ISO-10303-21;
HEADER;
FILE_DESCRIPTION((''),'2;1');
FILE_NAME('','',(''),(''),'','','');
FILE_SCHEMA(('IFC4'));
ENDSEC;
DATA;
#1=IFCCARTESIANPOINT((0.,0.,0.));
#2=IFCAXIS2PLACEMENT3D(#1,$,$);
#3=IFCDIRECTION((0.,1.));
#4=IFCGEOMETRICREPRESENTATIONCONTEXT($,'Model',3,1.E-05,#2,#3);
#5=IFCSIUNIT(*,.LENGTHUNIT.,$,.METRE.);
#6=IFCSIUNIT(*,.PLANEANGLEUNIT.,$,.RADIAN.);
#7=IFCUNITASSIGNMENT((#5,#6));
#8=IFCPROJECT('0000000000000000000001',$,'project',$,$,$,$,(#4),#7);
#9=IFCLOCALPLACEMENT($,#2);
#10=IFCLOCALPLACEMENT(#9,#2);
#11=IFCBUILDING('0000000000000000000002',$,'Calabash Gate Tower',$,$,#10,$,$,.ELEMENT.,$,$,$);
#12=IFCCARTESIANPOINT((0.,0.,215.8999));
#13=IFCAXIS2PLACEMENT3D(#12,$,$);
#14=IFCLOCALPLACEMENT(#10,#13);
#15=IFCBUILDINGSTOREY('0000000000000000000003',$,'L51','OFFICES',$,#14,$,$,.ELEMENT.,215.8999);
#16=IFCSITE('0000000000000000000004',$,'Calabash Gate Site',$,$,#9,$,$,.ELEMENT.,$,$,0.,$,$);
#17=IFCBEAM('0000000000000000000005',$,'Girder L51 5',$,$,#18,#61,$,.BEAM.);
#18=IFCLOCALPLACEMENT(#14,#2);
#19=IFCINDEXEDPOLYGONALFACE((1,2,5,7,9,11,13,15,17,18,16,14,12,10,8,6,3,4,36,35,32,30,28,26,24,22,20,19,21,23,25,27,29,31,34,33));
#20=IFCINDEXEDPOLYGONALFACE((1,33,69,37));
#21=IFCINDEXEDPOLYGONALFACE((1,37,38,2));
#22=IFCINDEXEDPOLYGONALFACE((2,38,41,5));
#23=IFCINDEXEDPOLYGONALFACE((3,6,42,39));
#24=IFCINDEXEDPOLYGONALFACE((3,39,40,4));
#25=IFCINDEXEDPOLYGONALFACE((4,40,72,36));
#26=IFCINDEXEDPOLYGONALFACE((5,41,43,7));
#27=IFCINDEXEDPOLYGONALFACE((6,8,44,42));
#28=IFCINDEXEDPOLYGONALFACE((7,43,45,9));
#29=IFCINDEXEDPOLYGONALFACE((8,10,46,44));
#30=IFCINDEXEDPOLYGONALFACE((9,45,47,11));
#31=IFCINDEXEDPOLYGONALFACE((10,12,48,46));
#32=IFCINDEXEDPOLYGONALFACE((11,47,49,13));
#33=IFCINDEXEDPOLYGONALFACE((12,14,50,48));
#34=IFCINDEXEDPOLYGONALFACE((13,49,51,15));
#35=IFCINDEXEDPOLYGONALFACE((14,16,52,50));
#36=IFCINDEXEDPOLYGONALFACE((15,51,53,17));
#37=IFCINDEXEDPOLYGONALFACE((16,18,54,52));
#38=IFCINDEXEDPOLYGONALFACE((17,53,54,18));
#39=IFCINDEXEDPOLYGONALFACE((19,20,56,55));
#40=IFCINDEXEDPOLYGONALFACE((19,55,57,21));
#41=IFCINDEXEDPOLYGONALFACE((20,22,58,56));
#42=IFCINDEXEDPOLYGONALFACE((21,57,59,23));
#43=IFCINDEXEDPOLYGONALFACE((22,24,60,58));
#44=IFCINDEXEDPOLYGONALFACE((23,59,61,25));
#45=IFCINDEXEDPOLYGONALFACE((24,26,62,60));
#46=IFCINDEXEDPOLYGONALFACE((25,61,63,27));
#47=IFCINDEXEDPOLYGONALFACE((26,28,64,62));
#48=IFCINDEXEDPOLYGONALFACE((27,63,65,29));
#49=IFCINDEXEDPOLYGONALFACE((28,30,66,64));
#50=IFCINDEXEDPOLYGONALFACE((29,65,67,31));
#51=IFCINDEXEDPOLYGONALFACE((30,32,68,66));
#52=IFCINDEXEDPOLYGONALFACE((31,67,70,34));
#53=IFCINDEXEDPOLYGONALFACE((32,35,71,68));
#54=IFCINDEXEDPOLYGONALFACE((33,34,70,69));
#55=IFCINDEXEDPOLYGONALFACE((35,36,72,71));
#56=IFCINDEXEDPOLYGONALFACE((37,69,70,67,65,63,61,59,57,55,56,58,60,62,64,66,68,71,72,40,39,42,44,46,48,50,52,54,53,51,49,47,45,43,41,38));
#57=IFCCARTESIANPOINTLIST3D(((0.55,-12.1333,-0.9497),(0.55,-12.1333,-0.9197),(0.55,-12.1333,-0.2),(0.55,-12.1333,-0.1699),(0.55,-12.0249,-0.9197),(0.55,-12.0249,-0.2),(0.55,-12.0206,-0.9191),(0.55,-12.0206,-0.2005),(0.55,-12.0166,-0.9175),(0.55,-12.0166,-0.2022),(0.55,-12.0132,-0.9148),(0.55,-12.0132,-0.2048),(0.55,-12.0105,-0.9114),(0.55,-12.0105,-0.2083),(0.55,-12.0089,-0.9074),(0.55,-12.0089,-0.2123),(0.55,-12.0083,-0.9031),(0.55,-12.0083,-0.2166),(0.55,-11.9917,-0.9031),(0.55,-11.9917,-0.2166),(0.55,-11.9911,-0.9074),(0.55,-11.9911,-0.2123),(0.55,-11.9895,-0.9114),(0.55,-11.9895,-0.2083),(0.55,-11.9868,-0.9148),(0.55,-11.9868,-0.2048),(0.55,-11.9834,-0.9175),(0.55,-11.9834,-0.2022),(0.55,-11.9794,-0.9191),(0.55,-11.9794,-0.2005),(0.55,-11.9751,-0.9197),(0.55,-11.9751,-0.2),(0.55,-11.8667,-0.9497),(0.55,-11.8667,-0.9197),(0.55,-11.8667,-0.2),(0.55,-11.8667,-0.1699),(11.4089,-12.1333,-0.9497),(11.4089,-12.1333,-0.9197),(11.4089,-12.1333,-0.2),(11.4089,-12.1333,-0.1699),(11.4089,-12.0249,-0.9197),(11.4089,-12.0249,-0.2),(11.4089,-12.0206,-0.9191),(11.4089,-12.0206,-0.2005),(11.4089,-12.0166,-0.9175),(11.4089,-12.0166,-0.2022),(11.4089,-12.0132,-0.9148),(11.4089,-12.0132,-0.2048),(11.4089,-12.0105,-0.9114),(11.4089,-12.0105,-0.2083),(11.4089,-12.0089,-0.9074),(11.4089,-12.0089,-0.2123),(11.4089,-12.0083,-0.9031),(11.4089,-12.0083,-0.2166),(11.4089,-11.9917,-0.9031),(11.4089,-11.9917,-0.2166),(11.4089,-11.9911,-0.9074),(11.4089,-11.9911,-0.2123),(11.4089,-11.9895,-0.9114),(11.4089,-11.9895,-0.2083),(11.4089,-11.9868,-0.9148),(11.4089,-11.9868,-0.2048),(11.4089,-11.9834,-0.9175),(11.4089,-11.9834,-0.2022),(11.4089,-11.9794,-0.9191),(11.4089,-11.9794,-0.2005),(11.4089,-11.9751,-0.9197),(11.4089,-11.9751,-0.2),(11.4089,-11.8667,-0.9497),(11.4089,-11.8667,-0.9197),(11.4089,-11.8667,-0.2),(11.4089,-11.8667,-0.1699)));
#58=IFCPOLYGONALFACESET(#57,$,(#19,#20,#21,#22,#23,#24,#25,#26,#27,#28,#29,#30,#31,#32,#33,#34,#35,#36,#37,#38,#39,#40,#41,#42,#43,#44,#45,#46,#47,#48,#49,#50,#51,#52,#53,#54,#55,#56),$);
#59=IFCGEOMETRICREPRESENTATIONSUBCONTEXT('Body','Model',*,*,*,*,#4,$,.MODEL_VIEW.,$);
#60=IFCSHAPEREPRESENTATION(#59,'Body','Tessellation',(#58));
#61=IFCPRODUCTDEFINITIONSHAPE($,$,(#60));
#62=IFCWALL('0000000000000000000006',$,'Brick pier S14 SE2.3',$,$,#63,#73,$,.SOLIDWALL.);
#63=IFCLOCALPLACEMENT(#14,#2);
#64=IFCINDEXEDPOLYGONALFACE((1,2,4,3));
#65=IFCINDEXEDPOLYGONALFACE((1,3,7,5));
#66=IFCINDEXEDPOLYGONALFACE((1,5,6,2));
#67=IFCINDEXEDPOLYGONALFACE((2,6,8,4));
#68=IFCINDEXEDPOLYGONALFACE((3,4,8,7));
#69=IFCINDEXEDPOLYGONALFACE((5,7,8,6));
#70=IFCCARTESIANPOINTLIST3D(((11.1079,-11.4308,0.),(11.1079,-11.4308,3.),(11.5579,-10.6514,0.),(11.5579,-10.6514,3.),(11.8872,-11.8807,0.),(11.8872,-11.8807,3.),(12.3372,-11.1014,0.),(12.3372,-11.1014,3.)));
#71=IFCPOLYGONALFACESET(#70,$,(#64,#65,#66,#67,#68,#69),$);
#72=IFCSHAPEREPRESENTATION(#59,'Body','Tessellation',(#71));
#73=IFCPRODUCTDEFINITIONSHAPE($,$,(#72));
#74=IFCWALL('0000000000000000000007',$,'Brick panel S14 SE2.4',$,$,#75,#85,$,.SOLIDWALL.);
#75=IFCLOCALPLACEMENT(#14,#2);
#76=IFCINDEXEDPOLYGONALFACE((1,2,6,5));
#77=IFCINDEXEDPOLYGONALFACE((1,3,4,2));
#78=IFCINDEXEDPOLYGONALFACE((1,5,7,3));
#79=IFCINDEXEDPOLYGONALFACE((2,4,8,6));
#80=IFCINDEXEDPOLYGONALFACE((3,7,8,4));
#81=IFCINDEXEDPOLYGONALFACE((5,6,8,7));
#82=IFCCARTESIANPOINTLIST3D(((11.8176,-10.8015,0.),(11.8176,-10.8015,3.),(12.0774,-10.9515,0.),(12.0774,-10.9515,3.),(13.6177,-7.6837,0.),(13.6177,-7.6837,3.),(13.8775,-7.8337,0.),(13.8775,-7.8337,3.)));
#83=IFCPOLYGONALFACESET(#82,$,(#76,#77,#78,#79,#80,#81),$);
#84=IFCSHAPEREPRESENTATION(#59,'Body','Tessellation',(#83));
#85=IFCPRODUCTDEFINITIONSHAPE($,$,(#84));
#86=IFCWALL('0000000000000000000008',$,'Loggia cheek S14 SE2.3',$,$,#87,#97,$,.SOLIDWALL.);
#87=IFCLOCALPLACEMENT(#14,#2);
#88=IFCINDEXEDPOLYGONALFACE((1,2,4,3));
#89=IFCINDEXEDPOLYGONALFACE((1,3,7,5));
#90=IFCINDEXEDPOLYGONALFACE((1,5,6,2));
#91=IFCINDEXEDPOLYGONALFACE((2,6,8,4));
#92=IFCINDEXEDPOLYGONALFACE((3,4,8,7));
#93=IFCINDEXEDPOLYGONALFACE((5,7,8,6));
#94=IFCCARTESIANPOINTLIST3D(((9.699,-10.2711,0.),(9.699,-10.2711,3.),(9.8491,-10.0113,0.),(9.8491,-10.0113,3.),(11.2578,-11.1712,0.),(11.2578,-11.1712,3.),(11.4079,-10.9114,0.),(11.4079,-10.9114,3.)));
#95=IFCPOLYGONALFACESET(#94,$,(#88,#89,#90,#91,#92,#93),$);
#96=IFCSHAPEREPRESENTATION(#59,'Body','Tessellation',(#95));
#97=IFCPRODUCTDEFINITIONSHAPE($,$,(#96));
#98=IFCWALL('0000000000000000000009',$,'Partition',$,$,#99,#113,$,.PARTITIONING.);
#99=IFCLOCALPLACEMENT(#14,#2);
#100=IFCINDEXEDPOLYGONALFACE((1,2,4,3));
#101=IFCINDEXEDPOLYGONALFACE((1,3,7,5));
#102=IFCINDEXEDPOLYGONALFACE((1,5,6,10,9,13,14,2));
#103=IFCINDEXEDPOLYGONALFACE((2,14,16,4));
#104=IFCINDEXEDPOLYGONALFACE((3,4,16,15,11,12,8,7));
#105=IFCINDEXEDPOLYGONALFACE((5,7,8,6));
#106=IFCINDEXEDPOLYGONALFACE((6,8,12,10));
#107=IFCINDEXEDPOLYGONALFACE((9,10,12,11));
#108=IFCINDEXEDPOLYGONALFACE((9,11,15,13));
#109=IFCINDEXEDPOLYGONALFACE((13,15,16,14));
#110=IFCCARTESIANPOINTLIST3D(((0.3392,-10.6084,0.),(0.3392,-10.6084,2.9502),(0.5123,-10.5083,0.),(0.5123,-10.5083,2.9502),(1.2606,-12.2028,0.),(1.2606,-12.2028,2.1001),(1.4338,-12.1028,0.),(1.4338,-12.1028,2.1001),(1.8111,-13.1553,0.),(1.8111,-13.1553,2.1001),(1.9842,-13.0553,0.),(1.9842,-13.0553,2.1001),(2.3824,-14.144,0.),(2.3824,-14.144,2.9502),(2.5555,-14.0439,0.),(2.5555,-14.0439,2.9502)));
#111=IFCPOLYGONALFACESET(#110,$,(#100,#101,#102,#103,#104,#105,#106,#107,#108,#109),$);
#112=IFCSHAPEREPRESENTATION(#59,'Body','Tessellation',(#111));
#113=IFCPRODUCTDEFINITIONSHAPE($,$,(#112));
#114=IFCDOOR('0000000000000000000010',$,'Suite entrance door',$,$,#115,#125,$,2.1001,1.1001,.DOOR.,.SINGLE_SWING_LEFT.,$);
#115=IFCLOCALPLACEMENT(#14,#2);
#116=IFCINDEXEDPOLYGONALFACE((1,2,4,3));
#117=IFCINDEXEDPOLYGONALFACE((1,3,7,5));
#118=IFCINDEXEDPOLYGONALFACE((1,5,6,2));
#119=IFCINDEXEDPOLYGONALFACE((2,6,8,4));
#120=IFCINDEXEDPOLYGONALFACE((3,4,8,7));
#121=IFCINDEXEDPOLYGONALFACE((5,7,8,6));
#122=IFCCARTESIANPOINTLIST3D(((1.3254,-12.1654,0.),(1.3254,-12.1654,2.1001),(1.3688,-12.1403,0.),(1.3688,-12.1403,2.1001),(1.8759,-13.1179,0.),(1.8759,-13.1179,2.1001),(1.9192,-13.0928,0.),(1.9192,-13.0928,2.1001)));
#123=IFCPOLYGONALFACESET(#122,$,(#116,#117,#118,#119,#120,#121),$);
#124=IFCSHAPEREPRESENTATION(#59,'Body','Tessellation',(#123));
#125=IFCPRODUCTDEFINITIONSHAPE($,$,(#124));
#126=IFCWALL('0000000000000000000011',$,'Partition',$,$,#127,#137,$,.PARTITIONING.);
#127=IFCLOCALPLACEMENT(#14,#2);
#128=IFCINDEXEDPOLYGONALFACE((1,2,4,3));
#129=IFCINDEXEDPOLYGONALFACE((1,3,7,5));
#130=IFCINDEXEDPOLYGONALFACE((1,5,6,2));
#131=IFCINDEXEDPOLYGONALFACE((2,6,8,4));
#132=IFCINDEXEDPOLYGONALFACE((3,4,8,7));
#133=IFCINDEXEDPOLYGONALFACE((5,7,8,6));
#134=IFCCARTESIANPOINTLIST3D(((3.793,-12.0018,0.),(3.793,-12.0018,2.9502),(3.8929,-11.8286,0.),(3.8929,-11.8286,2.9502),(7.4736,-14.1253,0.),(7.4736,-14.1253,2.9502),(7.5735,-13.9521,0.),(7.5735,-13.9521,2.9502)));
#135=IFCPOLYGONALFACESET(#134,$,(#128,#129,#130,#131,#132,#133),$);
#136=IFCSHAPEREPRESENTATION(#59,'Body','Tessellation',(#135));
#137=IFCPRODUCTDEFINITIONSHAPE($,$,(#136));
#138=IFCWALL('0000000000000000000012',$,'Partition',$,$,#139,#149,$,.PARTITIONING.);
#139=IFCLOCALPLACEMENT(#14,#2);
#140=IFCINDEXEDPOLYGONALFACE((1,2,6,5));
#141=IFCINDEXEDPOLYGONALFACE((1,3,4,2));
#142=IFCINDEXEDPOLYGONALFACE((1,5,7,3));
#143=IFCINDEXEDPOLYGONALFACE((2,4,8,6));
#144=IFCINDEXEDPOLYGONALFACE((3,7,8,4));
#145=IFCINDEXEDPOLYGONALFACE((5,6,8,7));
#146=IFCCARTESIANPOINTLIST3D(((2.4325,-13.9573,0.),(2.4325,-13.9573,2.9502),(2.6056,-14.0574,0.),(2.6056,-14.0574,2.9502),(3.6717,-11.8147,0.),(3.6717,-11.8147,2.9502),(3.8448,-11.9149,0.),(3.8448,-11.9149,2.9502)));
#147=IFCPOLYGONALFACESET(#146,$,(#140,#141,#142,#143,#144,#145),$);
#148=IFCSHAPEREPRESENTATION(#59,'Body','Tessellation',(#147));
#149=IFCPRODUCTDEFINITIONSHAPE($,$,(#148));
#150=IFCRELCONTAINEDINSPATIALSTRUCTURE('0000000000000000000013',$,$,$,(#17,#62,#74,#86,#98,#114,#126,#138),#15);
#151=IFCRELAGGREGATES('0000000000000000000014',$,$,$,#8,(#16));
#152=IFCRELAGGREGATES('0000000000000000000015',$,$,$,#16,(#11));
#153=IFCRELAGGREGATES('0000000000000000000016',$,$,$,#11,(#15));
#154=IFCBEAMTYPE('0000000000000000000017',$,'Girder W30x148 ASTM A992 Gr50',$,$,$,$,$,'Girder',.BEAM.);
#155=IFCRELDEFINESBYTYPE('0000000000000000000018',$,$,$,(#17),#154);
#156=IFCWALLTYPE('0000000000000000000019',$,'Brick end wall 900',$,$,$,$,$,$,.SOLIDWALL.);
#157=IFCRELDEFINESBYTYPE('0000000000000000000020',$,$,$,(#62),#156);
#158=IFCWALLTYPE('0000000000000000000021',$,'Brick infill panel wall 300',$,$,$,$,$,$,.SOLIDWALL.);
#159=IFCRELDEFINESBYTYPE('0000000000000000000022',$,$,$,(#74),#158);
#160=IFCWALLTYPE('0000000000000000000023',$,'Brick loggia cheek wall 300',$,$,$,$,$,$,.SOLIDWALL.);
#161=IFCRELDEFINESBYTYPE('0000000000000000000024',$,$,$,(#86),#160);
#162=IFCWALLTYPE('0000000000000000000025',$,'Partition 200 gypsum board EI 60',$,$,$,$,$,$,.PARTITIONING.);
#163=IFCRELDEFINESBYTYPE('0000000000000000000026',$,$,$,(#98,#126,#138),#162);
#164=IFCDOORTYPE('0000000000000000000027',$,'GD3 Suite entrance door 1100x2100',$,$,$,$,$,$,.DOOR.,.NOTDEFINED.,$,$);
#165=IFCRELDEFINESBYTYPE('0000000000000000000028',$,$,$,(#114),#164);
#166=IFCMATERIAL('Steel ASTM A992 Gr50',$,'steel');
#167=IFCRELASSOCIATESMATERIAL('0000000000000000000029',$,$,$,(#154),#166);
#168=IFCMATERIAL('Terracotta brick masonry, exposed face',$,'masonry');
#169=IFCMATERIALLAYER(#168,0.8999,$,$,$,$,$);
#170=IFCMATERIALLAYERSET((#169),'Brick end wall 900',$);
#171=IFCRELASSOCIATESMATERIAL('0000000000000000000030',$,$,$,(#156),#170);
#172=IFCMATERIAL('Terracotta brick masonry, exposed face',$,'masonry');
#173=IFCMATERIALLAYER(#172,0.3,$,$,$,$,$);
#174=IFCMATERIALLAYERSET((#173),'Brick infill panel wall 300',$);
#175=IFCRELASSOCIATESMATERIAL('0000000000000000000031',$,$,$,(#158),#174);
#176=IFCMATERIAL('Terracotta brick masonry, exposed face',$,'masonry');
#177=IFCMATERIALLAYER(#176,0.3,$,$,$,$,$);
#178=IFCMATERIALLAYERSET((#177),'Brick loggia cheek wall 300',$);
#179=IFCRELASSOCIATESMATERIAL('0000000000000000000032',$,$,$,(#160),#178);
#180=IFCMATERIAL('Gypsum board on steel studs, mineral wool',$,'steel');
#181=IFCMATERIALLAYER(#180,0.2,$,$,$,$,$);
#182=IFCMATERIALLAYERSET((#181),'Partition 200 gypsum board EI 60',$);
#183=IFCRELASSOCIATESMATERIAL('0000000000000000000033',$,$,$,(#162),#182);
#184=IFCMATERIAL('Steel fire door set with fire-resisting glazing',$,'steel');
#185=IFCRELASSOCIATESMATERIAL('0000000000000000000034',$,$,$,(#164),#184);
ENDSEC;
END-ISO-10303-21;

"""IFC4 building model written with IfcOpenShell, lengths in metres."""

from ifc_helpers import new_model, si_unit, direction, frame, frame_2d, origin, origin_2d, place, context, subcontext, project, spatial, rectangle, i_section, extrude, material, layer, layer_set, material_profile, profile_set, type_object, element, fill, save


model = new_model("IFC4")

# Units and contexts
model_context = context("Model", 3, precision=1e-05, world=origin(), true_north=direction((0.0, 1.0)))
body_context = subcontext(model_context, "Body", "Model", "MODEL_VIEW")
ifc_project = project(units=[si_unit("LENGTHUNIT", "METRE"), si_unit("PLANEANGLEUNIT", "RADIAN")], contexts=[model_context])

# Site, building, storey
site_placement = place(None, origin())
site = spatial("IfcSite", under=ifc_project, at=site_placement, Name="Calabash Gate Site", CompositionType="ELEMENT", RefElevation=0.0)
building_placement = place(site_placement, origin())
building = spatial("IfcBuilding", under=site, at=building_placement, Name="Calabash Gate Tower", CompositionType="ELEMENT")
storey_placement = place(building_placement, frame((0.0, 0.0, 215.8999)))
storey = spatial("IfcBuildingStorey", under=building, at=storey_placement, Name="L51", Description="OFFICES", CompositionType="ELEMENT", Elevation=215.8999)

# Beam
ifc_material_1 = material(Name="Steel ASTM A992 Gr50", Category="steel")
ifc_material_profile_1 = material_profile(ifc_material_1, i_section(OverallWidth=0.2666, OverallDepth=0.7798, WebThickness=0.0166, FlangeThickness=0.03, FilletRadius=0.0166, at=origin_2d()))
ifc_profile_set_1 = profile_set([ifc_material_profile_1], Name="Steel ASTM A992 Gr50")
beam_type_1 = type_object("IfcBeamType", Name="Girder W30x148 ASTM A992 Gr50", ElementType="Girder", PredefinedType="BEAM", material=ifc_profile_set_1)
beam_1_placement = place(storey_placement, frame((0.55, -12.0, -0.5598), z_axis=(1.0, 0.0, 0.0), x_axis=(0.0, 1.0, 0.0)))
element("IfcBeam", 1, at=beam_1_placement, inside=storey, type_object=beam_type_1, Name="Girder L51 5", PredefinedType="BEAM", context=body_context, shape_type="SweptSolid", body=[
    extrude(i_section(OverallWidth=0.2666, OverallDepth=0.7798, WebThickness=0.0166, FlangeThickness=0.03, FilletRadius=0.0166, at=origin_2d()), origin(), (0.0, 0.0, 1.0), 10.8589),
])

# Walls
ifc_material_2 = material(Name="Terracotta brick masonry, exposed face", Category="masonry")
ifc_layer_1 = layer(ifc_material_2, 0.8999)
ifc_layer_set_1 = layer_set([ifc_layer_1], Name="Brick end wall 900")
wall_type_1 = type_object("IfcWallType", Name="Brick end wall 900", PredefinedType="SOLIDWALL", material=ifc_layer_set_1)
wall_1_placement = place(storey_placement, frame((11.4976, -11.6558, 0.0), z_axis=(0.0, 0.0, 1.0), x_axis=(0.50002, 0.866014, 0.0)))
element("IfcWall", 2, at=wall_1_placement, inside=storey, type_object=wall_type_1, Name="Brick pier S14 SE2.3", PredefinedType="SOLIDWALL", context=body_context, shape_type="SweptSolid", body=[
    extrude(rectangle(XDim=0.8999, YDim=0.8999, at=frame_2d((0.45, 0.0))), origin(), (0.0, 0.0, 1.0), 3.0),
])
ifc_material_3 = material(Name="Terracotta brick masonry, exposed face", Category="masonry")
ifc_layer_2 = layer(ifc_material_3, 0.3)
ifc_layer_set_2 = layer_set([ifc_layer_2], Name="Brick infill panel wall 300")
wall_type_2 = type_object("IfcWallType", Name="Brick infill panel wall 300", PredefinedType="SOLIDWALL", material=ifc_layer_set_2)
wall_2_placement = place(storey_placement, frame((11.9475, -10.8765, 0.0), z_axis=(0.0, 0.0, 1.0), x_axis=(0.500012, 0.866018, 0.0)))
element("IfcWall", 3, at=wall_2_placement, inside=storey, type_object=wall_type_2, Name="Brick panel S14 SE2.4", PredefinedType="SOLIDWALL", context=body_context, shape_type="SweptSolid", body=[
    extrude(rectangle(XDim=3.6001, YDim=0.3, at=frame_2d((1.8, 0.0))), origin(), (0.0, 0.0, 1.0), 3.0),
])
ifc_material_4 = material(Name="Terracotta brick masonry, exposed face", Category="masonry")
ifc_layer_3 = layer(ifc_material_4, 0.3)
ifc_layer_set_3 = layer_set([ifc_layer_3], Name="Brick loggia cheek wall 300")
wall_type_3 = type_object("IfcWallType", Name="Brick loggia cheek wall 300", PredefinedType="SOLIDWALL", material=ifc_layer_set_3)
wall_3_placement = place(storey_placement, frame((11.3328, -11.0413, 0.0), z_axis=(0.0, 0.0, 1.0), x_axis=(-0.865989, 0.500063, 0.0)))
element("IfcWall", 4, at=wall_3_placement, inside=storey, type_object=wall_type_3, Name="Loggia cheek S14 SE2.3", PredefinedType="SOLIDWALL", context=body_context, shape_type="SweptSolid", body=[
    extrude(rectangle(XDim=1.8, YDim=0.3, at=frame_2d((0.8999, 0.0))), origin(), (0.0, 0.0, 1.0), 3.0),
])

# Wall, opening, door
ifc_material_5 = material(Name="Gypsum board on steel studs, mineral wool", Category="steel")
ifc_layer_4 = layer(ifc_material_5, 0.2)
ifc_layer_set_4 = layer_set([ifc_layer_4], Name="Partition 200 gypsum board EI 60")
wall_type_4 = type_object("IfcWallType", Name="Partition 200 gypsum board EI 60", PredefinedType="PARTITIONING", material=ifc_layer_set_4)
wall_4_placement = place(storey_placement, frame((0.4258, -10.5583, 0.0), z_axis=(0.0, 0.0, 1.0), x_axis=(0.50035, -0.865823, 0.0)))
wall_4 = element("IfcWall", 5, at=wall_4_placement, inside=storey, type_object=wall_type_4, Name="Partition", PredefinedType="PARTITIONING", context=body_context, shape_type="SweptSolid", body=[
    extrude(rectangle(XDim=4.0835, YDim=0.2, at=frame_2d((2.0417, 0.0))), origin(), (0.0, 0.0, 1.0), 2.9502),
])
opening_1_placement = place(wall_4_placement, frame((1.8416, 0.0, 0.0)))
opening_1 = element("IfcOpeningElement", 6, at=opening_1_placement, cuts=wall_4, PredefinedType="OPENING", context=body_context, shape_type="SweptSolid", body=[
    extrude(rectangle(XDim=1.1001, YDim=2.1001, at=frame_2d((0.55, 1.05))), frame((0.0, 0.1099, 0.0), z_axis=(0.0, -1.0, 0.0), x_axis=(1.0, 0.0, 0.0)), (0.0, 0.0, 1.0), 0.22),
])
ifc_material_6 = material(Name="Steel fire door set with fire-resisting glazing", Category="steel")
door_type_1 = type_object("IfcDoorType", Name="GD3 Suite entrance door 1100x2100", OperationType="NOTDEFINED", PredefinedType="DOOR", material=ifc_material_6)
door_1_placement = place(opening_1_placement, origin())
door_1 = element("IfcDoor", 7, at=door_1_placement, inside=storey, type_object=door_type_1, Name="Suite entrance door", OperationType="SINGLE_SWING_LEFT", OverallHeight=2.1001, OverallWidth=1.1001, PredefinedType="DOOR", context=body_context, shape_type="SweptSolid", body=[
    extrude(rectangle(XDim=1.1001, YDim=2.1001, at=frame_2d((0.55, 1.05))), frame((0.0, 0.0249, 0.0), z_axis=(0.0, -1.0, 0.0), x_axis=(1.0, 0.0, 0.0)), (0.0, 0.0, 1.0), 0.05),
])
fill(opening_1, door_1)

# Walls
wall_5_placement = place(storey_placement, frame((3.843, -11.9153, 0.0), z_axis=(0.0, 0.0, 1.0), x_axis=(0.866178, -0.499736, 0.0)))
element("IfcWall", 8, at=wall_5_placement, inside=storey, type_object=wall_type_4, Name="Partition", PredefinedType="PARTITIONING", context=body_context, shape_type="SweptSolid", body=[
    extrude(rectangle(XDim=4.2493, YDim=0.2, at=frame_2d((2.1245, 0.0))), origin(), (0.0, 0.0, 1.0), 2.9502),
])
wall_6_placement = place(storey_placement, frame((2.519, -14.0073, 0.0), z_axis=(0.0, 0.0, 1.0), x_axis=(0.500679, 0.865633, 0.0)))
element("IfcWall", 9, at=wall_6_placement, inside=storey, type_object=wall_type_4, Name="Partition", PredefinedType="PARTITIONING", context=body_context, shape_type="SweptSolid", body=[
    extrude(rectangle(XDim=2.4751, YDim=0.2, at=frame_2d((1.2375, 0.0))), origin(), (0.0, 0.0, 1.0), 2.9502),
])

save(model, "model.ifc")
